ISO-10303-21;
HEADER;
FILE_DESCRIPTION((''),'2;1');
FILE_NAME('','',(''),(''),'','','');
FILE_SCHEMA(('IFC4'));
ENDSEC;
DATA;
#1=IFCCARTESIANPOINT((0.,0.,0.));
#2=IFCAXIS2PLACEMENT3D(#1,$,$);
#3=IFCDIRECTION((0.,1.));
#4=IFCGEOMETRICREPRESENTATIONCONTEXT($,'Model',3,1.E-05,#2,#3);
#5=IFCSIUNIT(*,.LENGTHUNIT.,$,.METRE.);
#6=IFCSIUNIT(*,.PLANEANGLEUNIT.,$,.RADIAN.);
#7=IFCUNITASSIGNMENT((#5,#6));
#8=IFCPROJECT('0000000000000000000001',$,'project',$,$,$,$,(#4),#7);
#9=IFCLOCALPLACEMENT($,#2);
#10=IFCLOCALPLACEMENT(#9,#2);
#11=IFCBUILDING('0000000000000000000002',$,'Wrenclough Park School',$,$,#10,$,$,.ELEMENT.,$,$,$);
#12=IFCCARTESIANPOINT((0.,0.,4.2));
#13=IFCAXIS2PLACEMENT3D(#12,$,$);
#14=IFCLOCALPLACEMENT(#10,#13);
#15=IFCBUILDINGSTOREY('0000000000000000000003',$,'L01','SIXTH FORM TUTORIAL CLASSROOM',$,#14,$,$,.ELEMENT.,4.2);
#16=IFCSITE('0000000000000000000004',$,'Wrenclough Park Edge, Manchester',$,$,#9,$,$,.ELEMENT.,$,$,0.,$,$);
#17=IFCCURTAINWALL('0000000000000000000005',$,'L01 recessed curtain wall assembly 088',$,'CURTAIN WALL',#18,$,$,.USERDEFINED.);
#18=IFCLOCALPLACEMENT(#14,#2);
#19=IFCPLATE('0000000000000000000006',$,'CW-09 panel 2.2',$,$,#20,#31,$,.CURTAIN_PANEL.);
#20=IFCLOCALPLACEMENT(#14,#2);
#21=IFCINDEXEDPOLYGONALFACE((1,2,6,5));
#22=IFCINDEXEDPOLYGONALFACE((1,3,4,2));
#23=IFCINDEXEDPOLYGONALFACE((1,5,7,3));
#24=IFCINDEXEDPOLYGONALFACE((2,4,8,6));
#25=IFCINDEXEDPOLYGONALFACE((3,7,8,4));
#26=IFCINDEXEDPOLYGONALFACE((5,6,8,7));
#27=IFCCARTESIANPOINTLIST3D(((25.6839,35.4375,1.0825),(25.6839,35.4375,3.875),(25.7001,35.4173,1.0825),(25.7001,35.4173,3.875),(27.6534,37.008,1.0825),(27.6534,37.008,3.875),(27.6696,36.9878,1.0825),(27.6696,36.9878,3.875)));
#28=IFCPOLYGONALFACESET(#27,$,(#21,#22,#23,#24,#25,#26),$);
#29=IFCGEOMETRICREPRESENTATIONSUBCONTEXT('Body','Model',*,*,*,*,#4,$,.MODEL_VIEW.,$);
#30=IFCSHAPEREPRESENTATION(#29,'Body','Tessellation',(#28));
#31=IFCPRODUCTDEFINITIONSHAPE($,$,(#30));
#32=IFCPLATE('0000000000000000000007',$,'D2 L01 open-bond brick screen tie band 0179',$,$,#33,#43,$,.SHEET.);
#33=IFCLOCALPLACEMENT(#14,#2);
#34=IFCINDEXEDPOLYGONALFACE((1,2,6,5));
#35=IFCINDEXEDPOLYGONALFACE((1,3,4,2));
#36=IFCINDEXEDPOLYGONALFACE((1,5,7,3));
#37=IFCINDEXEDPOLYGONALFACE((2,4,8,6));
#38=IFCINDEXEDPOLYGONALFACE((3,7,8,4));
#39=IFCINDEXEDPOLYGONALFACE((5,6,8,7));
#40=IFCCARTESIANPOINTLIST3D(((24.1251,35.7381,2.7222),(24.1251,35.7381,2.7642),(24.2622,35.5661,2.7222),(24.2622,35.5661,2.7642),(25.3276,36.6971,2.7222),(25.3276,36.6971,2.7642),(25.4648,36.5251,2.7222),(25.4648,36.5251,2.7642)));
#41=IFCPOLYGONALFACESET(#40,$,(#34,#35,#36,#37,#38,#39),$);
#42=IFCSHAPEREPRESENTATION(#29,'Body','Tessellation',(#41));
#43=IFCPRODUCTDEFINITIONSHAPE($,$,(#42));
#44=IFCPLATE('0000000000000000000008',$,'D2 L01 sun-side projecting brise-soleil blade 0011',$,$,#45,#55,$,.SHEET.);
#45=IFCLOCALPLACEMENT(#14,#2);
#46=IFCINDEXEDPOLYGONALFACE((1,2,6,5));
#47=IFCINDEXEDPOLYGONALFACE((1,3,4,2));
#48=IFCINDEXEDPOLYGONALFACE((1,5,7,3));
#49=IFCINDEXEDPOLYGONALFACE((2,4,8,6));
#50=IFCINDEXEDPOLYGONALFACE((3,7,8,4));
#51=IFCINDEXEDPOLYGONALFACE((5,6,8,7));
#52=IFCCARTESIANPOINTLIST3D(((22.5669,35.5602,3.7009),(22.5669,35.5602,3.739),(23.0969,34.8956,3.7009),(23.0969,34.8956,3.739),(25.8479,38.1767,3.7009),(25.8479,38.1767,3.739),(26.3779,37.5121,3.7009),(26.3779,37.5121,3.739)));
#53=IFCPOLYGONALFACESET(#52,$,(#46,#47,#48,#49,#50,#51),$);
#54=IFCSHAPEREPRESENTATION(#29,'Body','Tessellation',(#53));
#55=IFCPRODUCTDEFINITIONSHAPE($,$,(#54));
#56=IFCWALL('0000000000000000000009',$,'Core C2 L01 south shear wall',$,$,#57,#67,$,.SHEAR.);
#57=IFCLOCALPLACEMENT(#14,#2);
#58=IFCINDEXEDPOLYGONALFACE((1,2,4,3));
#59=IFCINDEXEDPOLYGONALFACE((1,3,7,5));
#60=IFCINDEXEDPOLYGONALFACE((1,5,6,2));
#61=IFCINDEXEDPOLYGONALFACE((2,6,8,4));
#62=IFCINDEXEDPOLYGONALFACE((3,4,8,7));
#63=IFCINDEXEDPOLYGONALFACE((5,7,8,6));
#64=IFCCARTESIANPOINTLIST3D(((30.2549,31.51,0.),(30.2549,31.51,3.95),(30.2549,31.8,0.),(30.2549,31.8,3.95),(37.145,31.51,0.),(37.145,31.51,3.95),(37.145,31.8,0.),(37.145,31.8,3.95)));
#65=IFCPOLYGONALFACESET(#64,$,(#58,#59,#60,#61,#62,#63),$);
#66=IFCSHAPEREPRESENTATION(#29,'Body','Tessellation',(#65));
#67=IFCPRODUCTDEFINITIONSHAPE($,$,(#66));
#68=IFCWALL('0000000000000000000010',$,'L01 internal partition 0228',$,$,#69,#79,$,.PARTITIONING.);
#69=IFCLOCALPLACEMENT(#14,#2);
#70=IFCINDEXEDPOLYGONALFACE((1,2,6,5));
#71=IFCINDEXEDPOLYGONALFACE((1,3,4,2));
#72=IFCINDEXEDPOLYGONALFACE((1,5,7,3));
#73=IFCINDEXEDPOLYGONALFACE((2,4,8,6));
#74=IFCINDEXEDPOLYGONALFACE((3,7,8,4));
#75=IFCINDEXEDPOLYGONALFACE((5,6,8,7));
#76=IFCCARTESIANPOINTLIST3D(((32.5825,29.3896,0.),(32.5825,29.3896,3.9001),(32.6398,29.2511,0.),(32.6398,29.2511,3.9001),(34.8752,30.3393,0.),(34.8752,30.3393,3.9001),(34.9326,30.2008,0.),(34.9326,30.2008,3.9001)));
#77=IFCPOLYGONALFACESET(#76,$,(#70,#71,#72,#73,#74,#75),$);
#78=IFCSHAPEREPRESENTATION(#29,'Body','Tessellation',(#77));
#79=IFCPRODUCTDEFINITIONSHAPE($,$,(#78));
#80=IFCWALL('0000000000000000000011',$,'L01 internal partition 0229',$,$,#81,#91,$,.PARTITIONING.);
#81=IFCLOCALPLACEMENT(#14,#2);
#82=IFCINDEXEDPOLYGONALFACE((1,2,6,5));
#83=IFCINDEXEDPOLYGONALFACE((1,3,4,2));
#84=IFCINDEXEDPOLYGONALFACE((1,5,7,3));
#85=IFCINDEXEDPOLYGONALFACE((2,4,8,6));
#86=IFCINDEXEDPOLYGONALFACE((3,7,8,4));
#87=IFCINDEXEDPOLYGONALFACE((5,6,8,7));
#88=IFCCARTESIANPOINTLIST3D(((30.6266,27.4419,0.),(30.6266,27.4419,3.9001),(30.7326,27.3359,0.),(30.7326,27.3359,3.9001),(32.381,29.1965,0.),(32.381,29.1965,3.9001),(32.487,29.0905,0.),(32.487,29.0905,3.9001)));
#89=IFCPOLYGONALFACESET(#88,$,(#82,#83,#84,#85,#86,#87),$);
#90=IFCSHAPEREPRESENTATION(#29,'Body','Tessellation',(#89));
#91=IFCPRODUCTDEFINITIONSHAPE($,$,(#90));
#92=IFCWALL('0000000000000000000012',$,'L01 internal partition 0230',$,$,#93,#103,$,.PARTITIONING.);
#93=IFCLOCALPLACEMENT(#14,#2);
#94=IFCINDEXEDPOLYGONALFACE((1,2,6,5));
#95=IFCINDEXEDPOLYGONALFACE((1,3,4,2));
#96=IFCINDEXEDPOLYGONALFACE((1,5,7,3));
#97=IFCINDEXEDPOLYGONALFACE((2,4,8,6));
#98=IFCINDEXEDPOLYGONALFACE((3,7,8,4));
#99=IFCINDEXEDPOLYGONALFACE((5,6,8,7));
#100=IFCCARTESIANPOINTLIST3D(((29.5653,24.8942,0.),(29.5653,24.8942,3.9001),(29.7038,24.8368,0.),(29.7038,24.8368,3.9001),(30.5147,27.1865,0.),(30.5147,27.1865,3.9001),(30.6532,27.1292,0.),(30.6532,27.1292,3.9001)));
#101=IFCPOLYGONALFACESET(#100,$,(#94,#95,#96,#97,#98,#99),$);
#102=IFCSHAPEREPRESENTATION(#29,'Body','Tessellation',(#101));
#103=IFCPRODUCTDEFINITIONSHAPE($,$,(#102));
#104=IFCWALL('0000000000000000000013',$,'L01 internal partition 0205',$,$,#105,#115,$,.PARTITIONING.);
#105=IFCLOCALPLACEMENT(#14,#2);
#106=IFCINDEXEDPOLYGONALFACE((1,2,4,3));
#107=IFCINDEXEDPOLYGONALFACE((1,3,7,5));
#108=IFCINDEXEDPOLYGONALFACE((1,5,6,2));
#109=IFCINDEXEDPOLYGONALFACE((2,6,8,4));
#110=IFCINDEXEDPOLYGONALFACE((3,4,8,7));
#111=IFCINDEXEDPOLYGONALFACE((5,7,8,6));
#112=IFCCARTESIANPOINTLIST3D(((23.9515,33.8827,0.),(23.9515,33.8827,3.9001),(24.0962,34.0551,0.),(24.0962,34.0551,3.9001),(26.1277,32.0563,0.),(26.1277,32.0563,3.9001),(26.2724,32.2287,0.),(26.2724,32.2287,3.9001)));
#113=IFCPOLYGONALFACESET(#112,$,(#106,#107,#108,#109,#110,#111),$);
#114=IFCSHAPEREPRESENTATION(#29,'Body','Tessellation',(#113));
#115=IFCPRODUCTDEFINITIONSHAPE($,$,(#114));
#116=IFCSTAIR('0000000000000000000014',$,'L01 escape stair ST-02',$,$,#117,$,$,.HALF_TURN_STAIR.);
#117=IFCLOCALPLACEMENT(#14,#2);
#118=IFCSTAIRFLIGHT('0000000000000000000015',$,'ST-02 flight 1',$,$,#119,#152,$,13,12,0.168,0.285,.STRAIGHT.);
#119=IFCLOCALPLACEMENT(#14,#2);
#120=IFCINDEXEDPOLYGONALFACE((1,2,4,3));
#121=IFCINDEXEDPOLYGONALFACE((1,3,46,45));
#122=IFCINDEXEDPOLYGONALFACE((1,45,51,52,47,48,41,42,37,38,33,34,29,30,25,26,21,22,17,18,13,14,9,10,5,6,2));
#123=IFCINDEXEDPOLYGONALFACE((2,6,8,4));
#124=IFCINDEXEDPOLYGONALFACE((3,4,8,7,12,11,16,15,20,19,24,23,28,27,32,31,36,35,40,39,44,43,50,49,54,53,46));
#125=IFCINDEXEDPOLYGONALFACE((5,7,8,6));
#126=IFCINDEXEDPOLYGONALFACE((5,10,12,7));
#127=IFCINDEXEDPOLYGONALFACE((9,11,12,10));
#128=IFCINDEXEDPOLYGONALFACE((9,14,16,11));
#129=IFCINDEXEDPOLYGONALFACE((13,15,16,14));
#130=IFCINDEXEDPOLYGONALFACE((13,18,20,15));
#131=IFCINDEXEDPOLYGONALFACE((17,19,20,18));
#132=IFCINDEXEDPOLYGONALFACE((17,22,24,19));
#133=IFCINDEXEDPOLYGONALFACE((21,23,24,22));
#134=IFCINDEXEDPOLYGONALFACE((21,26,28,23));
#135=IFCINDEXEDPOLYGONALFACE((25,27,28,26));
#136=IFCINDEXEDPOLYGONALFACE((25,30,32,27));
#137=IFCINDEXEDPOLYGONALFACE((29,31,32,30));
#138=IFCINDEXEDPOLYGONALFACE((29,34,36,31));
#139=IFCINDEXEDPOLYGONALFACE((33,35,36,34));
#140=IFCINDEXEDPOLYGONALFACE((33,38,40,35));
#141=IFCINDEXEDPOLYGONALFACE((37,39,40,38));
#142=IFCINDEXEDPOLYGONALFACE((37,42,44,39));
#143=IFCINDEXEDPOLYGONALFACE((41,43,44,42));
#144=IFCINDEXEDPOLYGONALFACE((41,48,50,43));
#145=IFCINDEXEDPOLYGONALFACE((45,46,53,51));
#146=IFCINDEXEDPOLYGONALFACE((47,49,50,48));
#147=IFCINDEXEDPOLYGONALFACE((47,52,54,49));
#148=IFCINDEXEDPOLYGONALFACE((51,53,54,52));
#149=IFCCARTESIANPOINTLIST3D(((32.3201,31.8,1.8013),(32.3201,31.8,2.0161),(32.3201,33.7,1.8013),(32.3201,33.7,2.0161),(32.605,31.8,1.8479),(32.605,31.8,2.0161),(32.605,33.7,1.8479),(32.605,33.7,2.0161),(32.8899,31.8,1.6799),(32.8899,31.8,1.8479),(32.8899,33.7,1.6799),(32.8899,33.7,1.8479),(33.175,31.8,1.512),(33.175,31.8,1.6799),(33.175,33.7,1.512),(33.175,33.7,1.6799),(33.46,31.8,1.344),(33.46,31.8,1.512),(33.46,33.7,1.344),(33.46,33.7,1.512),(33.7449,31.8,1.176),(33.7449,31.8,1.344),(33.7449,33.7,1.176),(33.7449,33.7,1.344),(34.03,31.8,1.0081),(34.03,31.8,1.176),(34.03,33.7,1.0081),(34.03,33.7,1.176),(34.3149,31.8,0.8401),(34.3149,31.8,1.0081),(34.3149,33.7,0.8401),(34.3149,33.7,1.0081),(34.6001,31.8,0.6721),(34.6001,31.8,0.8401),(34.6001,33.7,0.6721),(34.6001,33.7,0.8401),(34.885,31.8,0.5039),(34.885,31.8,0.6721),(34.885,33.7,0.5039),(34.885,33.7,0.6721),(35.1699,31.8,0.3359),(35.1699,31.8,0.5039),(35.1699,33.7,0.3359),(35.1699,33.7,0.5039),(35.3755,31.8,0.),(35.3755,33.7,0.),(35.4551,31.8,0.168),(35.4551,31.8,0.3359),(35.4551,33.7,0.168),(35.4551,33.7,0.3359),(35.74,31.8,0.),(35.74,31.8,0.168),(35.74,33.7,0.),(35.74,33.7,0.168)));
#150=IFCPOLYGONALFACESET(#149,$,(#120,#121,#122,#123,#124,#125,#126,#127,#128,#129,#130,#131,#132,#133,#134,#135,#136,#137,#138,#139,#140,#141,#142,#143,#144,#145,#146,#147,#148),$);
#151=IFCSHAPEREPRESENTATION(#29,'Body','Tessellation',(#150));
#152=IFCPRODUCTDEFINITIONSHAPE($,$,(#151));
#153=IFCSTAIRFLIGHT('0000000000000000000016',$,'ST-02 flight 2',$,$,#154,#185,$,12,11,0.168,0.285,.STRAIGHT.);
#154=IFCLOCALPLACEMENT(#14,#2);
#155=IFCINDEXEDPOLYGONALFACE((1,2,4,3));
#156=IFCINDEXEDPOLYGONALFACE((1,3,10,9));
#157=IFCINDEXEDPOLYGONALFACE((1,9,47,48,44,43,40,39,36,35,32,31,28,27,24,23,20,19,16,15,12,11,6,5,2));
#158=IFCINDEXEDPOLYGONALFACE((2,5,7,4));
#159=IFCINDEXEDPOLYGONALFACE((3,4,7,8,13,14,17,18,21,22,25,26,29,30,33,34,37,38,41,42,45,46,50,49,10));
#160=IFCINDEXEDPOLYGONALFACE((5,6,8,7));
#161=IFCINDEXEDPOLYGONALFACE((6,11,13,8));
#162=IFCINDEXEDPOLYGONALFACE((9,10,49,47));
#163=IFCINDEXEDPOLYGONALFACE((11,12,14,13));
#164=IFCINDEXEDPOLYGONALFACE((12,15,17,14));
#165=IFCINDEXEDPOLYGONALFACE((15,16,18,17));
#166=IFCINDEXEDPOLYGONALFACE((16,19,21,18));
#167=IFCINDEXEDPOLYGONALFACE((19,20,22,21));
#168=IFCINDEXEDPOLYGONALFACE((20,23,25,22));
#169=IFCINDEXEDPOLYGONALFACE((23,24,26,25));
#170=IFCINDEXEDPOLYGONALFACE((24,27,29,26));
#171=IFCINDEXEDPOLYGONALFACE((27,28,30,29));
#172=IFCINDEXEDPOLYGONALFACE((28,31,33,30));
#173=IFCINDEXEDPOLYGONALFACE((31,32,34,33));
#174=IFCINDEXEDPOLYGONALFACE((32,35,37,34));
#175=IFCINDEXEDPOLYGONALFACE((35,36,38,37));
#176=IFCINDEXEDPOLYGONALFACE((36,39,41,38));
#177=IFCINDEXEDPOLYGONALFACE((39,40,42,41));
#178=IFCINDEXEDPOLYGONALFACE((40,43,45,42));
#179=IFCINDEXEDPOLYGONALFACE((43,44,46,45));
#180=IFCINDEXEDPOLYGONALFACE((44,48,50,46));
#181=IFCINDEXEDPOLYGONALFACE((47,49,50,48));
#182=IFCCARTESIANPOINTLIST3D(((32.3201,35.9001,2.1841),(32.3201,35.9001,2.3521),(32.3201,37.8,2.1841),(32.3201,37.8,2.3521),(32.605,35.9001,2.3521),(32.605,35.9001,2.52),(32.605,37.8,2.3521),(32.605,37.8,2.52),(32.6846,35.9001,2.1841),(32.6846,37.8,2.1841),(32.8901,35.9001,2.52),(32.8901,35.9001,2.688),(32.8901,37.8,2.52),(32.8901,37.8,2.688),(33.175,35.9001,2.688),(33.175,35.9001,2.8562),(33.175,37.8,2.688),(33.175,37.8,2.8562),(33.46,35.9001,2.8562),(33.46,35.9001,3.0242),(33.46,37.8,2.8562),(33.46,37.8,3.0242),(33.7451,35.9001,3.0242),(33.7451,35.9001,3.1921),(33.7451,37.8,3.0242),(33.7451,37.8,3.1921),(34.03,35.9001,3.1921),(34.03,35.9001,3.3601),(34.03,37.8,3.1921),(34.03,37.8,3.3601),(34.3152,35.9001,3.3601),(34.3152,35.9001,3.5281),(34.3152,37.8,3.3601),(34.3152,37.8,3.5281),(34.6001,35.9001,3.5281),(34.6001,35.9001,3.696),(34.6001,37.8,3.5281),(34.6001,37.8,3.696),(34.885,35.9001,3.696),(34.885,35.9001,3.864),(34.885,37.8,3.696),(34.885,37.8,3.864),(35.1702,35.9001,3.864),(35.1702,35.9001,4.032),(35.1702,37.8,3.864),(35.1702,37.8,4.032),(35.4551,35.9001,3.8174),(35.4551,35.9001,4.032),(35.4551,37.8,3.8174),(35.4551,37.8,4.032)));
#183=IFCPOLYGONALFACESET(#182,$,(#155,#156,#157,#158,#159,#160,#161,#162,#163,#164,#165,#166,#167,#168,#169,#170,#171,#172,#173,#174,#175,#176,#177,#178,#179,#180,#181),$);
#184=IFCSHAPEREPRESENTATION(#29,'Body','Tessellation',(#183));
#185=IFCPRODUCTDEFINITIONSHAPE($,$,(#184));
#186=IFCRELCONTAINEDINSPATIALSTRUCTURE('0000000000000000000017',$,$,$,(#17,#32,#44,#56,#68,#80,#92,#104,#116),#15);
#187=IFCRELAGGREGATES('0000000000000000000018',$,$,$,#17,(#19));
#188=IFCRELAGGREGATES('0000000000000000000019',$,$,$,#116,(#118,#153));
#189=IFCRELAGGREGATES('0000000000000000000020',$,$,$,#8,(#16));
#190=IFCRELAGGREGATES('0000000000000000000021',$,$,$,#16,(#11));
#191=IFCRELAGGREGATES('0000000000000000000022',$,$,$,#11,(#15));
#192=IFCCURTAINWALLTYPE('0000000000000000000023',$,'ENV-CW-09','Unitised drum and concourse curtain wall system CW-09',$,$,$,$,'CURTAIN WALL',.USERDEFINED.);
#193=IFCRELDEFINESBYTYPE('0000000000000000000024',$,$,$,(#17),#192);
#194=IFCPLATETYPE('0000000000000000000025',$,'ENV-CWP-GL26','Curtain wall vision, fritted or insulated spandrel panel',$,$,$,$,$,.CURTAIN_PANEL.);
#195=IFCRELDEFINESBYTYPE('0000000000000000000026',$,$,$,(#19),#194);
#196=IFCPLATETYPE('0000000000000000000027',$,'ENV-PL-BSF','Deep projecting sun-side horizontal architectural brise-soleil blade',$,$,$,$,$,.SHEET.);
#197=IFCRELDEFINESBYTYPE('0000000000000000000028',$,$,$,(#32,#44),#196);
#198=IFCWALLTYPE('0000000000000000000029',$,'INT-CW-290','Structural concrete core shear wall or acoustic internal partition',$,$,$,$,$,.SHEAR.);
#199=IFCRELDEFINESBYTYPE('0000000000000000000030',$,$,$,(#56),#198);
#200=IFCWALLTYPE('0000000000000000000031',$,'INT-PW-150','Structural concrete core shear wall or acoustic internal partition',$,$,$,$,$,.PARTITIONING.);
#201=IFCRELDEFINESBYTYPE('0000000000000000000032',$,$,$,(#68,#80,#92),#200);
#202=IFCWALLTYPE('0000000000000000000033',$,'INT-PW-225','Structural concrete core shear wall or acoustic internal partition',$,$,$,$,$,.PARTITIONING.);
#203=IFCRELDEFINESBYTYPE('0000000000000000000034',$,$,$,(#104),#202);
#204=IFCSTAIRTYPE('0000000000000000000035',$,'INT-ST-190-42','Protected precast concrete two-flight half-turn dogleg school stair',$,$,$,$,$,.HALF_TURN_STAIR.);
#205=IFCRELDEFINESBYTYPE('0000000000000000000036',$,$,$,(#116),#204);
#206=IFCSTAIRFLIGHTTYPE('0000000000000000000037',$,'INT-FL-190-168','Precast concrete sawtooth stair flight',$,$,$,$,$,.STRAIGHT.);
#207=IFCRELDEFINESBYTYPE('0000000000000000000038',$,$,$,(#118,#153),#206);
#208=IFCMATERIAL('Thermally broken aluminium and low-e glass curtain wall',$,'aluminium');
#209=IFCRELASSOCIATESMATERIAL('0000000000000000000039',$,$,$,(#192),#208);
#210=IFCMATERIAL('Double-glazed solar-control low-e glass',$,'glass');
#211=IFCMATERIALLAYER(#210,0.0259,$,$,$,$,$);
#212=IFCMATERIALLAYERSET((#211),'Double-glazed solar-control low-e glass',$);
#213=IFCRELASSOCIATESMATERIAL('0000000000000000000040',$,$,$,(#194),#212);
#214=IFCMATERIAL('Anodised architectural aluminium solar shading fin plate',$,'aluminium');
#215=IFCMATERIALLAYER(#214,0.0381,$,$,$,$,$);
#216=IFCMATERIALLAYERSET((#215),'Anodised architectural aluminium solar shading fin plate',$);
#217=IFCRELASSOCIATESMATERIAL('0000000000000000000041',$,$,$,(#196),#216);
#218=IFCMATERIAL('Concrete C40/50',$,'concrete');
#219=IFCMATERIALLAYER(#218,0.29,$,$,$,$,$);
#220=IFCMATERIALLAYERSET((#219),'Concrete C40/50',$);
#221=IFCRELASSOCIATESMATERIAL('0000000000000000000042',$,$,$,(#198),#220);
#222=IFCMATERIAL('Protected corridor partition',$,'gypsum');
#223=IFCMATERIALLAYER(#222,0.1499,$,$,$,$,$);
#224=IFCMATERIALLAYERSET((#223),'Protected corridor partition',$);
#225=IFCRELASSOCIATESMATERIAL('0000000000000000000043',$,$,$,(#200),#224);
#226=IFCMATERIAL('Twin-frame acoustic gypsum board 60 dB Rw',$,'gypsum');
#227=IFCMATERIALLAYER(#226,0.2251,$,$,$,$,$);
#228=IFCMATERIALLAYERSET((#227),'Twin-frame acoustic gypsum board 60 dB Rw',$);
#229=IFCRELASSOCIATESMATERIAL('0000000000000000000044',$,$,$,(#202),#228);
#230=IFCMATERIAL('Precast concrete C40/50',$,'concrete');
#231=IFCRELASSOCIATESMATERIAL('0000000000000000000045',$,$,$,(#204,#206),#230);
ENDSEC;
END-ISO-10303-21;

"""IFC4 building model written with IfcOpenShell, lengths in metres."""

from ifc_helpers import new_model, si_unit, direction, frame, frame_2d, origin, origin_2d, place, context, subcontext, project, spatial, polyline, rectangle, outline, extrude, material, layer, layer_set, type_object, element, aggregate, save


model = new_model("IFC4")

# Units and contexts
model_context = context("Model", 3, precision=1e-05, world=origin(), true_north=direction((0.0, 1.0)))
body_context = subcontext(model_context, "Body", "Model", "MODEL_VIEW")
ifc_project = project(units=[si_unit("LENGTHUNIT", "METRE"), si_unit("PLANEANGLEUNIT", "RADIAN")], contexts=[model_context])

# Site, building, storey
site_placement = place(None, origin())
site = spatial("IfcSite", under=ifc_project, at=site_placement, Name="Wrenclough Park Edge, Manchester", CompositionType="ELEMENT", RefElevation=0.0)
building_placement = place(site_placement, origin())
building = spatial("IfcBuilding", under=site, at=building_placement, Name="Wrenclough Park School", CompositionType="ELEMENT")
storey_placement = place(building_placement, frame((0.0, 0.0, 4.2)))
storey = spatial("IfcBuildingStorey", under=building, at=storey_placement, Name="L01", Description="SIXTH FORM TUTORIAL CLASSROOM", CompositionType="ELEMENT", Elevation=4.2)

# Curtain wall
ifc_material_1 = material(Name="Thermally broken aluminium and low-e glass curtain wall", Category="aluminium")
curtain_wall_type = type_object("IfcCurtainWallType", Name="ENV-CW-09", Description="Unitised drum and concourse curtain wall system CW-09", ElementType="CURTAIN WALL", PredefinedType="USERDEFINED", material=ifc_material_1)
curtain_wall_placement = place(storey_placement, origin())
curtain_wall = element("IfcCurtainWall", 1, at=curtain_wall_placement, inside=storey, type_object=curtain_wall_type, Name="L01 recessed curtain wall assembly 088", ObjectType="CURTAIN WALL", PredefinedType="USERDEFINED")

# Plate
ifc_material_2 = material(Name="Double-glazed solar-control low-e glass", Category="glass")
ifc_layer_1 = layer(ifc_material_2, 0.0259)
ifc_layer_set_1 = layer_set([ifc_layer_1], Name="Double-glazed solar-control low-e glass")
plate_type_1 = type_object("IfcPlateType", Name="ENV-CWP-GL26", Description="Curtain wall vision, fritted or insulated spandrel panel", PredefinedType="CURTAIN_PANEL", material=ifc_layer_set_1)
plate_1_placement = place(storey_placement, frame((26.6768, 36.2126, 1.0825), z_axis=(0.0, 0.0, 1.0), x_axis=(0.781848, 0.623468, 0.0)))
plate_1 = element("IfcPlate", 2, at=plate_1_placement, type_object=plate_type_1, Name="CW-09 panel 2.2", PredefinedType="CURTAIN_PANEL", context=body_context, shape_type="SweptSolid", body=[
    extrude(rectangle(XDim=2.519, YDim=0.0259, at=origin_2d()), origin(), (0.0, 0.0, 1.0), 2.7925),
])
aggregate(curtain_wall, [plate_1])

# Plates
ifc_material_3 = material(Name="Anodised architectural aluminium solar shading fin plate", Category="aluminium")
ifc_layer_2 = layer(ifc_material_3, 0.0381)
ifc_layer_set_2 = layer_set([ifc_layer_2], Name="Anodised architectural aluminium solar shading fin plate")
plate_type_2 = type_object("IfcPlateType", Name="ENV-PL-BSF", Description="Deep projecting sun-side horizontal architectural brise-soleil blade", PredefinedType="SHEET", material=ifc_layer_set_2)
plate_2_placement = place(storey_placement, frame((24.7949, 36.1316, 2.7222), z_axis=(0.0, 0.0, 1.0), x_axis=(-0.781833, -0.623487, 0.0)))
element("IfcPlate", 3, at=plate_2_placement, inside=storey, type_object=plate_type_2, Name="D2 L01 open-bond brick screen tie band 0179", PredefinedType="SHEET", context=body_context, shape_type="SweptSolid", body=[
    extrude(rectangle(XDim=1.5381, YDim=0.22, at=origin_2d()), origin(), (0.0, 0.0, 1.0), 0.042),
])
plate_3_placement = place(storey_placement, frame((24.4724, 36.5361, 3.7009), z_axis=(0.0, 0.0, 1.0), x_axis=(-0.781833, -0.623487, 0.0)))
element("IfcPlate", 4, at=plate_3_placement, inside=storey, type_object=plate_type_2, Name="D2 L01 sun-side projecting brise-soleil blade 0011", PredefinedType="SHEET", context=body_context, shape_type="SweptSolid", body=[
    extrude(rectangle(XDim=4.1965, YDim=0.8501, at=origin_2d()), origin(), (0.0, 0.0, 1.0), 0.0381),
])

# Walls
ifc_material_4 = material(Name="Concrete C40/50", Category="concrete")
ifc_layer_3 = layer(ifc_material_4, 0.29)
ifc_layer_set_3 = layer_set([ifc_layer_3], Name="Concrete C40/50")
wall_type_1 = type_object("IfcWallType", Name="INT-CW-290", Description="Structural concrete core shear wall or acoustic internal partition", PredefinedType="SHEAR", material=ifc_layer_set_3)
wall_1_placement = place(storey_placement, frame((30.2549, 31.655, 0.0), z_axis=(0.0, 0.0, 1.0), x_axis=(1.0, 0.0, 0.0)))
element("IfcWall", 5, at=wall_1_placement, inside=storey, type_object=wall_type_1, Name="Core C2 L01 south shear wall", PredefinedType="SHEAR", context=body_context, shape_type="SweptSolid", body=[
    extrude(rectangle(XDim=6.8901, YDim=0.29, at=frame_2d((3.4451, 0.0))), origin(), (0.0, 0.0, 1.0), 3.95),
])
ifc_material_5 = material(Name="Protected corridor partition", Category="gypsum")
ifc_layer_4 = layer(ifc_material_5, 0.1499)
ifc_layer_set_4 = layer_set([ifc_layer_4], Name="Protected corridor partition")
wall_type_2 = type_object("IfcWallType", Name="INT-PW-150", Description="Structural concrete core shear wall or acoustic internal partition", PredefinedType="PARTITIONING", material=ifc_layer_set_4)
wall_2_placement = place(storey_placement, frame((34.9038, 30.27, 0.0), z_axis=(0.0, 0.0, 1.0), x_axis=(-0.923875, -0.382694, 0.0)))
element("IfcWall", 6, at=wall_2_placement, inside=storey, type_object=wall_type_2, Name="L01 internal partition 0228", PredefinedType="PARTITIONING", context=body_context, shape_type="SweptSolid", body=[
    extrude(rectangle(XDim=2.4817, YDim=0.1499, at=frame_2d((1.2407, 0.0))), origin(), (0.0, 0.0, 1.0), 3.9001),
])
for number, where, z_axis, x_axis, name in (
    (7, (32.4341, 29.1436, 0.0), (0.0, 0.0, 1.0), (-0.707058, -0.707156, 0.0), "L01 internal partition 0229"),
    (8, (30.584, 27.158, 0.0), (0.0, 0.0, 1.0), (-0.382644, -0.923896, 0.0), "L01 internal partition 0230"),
):
    element("IfcWall", number, at=place(storey_placement, frame(where, z_axis=z_axis, x_axis=x_axis)), inside=storey, type_object=wall_type_2, Name=name, PredefinedType="PARTITIONING", context=body_context, shape_type="SweptSolid", body=[
        extrude(rectangle(XDim=2.4812, YDim=0.1499, at=frame_2d((1.2407, 0.0))), origin(), (0.0, 0.0, 1.0), 3.9001),
    ])
ifc_material_6 = material(Name="Twin-frame acoustic gypsum board 60 dB Rw", Category="gypsum")
ifc_layer_5 = layer(ifc_material_6, 0.2251)
ifc_layer_set_5 = layer_set([ifc_layer_5], Name="Twin-frame acoustic gypsum board 60 dB Rw")
wall_type_3 = type_object("IfcWallType", Name="INT-PW-225", Description="Structural concrete core shear wall or acoustic internal partition", PredefinedType="PARTITIONING", material=ifc_layer_set_5)
wall_3_placement = place(storey_placement, frame((26.2, 32.1426, 0.0), z_axis=(0.0, 0.0, 1.0), x_axis=(-0.765991, 0.642851, 0.0)))
element("IfcWall", 9, at=wall_3_placement, inside=storey, type_object=wall_type_3, Name="L01 internal partition 0205", PredefinedType="PARTITIONING", context=body_context, shape_type="SweptSolid", body=[
    extrude(rectangle(XDim=2.8411, YDim=0.2251, at=frame_2d((1.4204, 0.0))), origin(), (0.0, 0.0, 1.0), 3.9001),
])

# Stair, stair flights
ifc_material_7 = material(Name="Precast concrete C40/50", Category="concrete")
stair_type = type_object("IfcStairType", Name="INT-ST-190-42", Description="Protected precast concrete two-flight half-turn dogleg school stair", PredefinedType="HALF_TURN_STAIR", material=ifc_material_7)
stair_placement = place(storey_placement, origin())
stair = element("IfcStair", 10, at=stair_placement, inside=storey, type_object=stair_type, Name="L01 escape stair ST-02", PredefinedType="HALF_TURN_STAIR")
stair_flight_type = type_object("IfcStairFlightType", Name="INT-FL-190-168", Description="Precast concrete sawtooth stair flight", PredefinedType="STRAIGHT", material=ifc_material_7)
stair_flight_1_placement = place(storey_placement, frame((35.74, 32.75, 0.0), z_axis=(0.0, 0.0, 1.0), x_axis=(-1.0, 0.0, 0.0)))
stair_flight_1 = element("IfcStairFlight", 11, at=stair_flight_1_placement, type_object=stair_flight_type, Name="ST-02 flight 1", NumberOfRisers=13, NumberOfTreads=12, PredefinedType="STRAIGHT", RiserHeight=0.168, TreadLength=0.285, context=body_context, shape_type="SweptSolid", body=[
    extrude(outline(polyline([(0.0, 0.0), (0.0, 0.168), (0.2849, 0.168), (0.2849, 0.3359), (0.5701, 0.3359), (0.5701, 0.5039), (0.855, 0.5039), (0.855, 0.6721), (1.1399, 0.6721), (1.1399, 0.8401), (1.425, 0.8401), (1.425, 1.0081), (1.71, 1.0081), (1.71, 1.176), (1.9951, 1.176), (1.9951, 1.344), (2.28, 1.344), (2.28, 1.512), (2.5649, 1.512), (2.5649, 1.6799), (2.8501, 1.6799), (2.8501, 1.8479), (3.135, 1.8479), (3.135, 2.0161), (3.4199, 2.0161), (3.4199, 2.1841), (3.4199, 1.8013), (0.3645, 0.0), (0.0, 0.0)])), frame((0.0, 0.95, 0.0), z_axis=(0.0, -1.0, 0.0), x_axis=(1.0, 0.0, 0.0)), (0.0, 0.0, 1.0), 1.8999),
])
stair_flight_2_placement = place(storey_placement, frame((32.3201, 36.8501, 2.1841), z_axis=(0.0, 0.0, 1.0), x_axis=(1.0, 0.0, 0.0)))
stair_flight_2 = element("IfcStairFlight", 12, at=stair_flight_2_placement, type_object=stair_flight_type, Name="ST-02 flight 2", NumberOfRisers=12, NumberOfTreads=11, PredefinedType="STRAIGHT", RiserHeight=0.168, TreadLength=0.285, context=body_context, shape_type="SweptSolid", body=[
    extrude(outline(polyline([(0.0, 0.0), (0.0, 0.168), (0.2849, 0.168), (0.2849, 0.3359), (0.5701, 0.3359), (0.5701, 0.5039), (0.855, 0.5039), (0.855, 0.6721), (1.1399, 0.6721), (1.1399, 0.8401), (1.425, 0.8401), (1.425, 1.0081), (1.71, 1.0081), (1.71, 1.176), (1.9951, 1.176), (1.9951, 1.344), (2.28, 1.344), (2.28, 1.512), (2.5649, 1.512), (2.5649, 1.6799), (2.8501, 1.6799), (2.8501, 1.8479), (3.135, 1.8479), (3.135, 2.0161), (3.135, 1.6333), (0.3645, 0.0), (0.0, 0.0)])), frame((0.0, 0.95, 0.0), z_axis=(0.0, -1.0, 0.0), x_axis=(1.0, 0.0, 0.0)), (0.0, 0.0, 1.0), 1.8999),
])
aggregate(stair, [stair_flight_1, stair_flight_2])

save(model, "model.ifc")
